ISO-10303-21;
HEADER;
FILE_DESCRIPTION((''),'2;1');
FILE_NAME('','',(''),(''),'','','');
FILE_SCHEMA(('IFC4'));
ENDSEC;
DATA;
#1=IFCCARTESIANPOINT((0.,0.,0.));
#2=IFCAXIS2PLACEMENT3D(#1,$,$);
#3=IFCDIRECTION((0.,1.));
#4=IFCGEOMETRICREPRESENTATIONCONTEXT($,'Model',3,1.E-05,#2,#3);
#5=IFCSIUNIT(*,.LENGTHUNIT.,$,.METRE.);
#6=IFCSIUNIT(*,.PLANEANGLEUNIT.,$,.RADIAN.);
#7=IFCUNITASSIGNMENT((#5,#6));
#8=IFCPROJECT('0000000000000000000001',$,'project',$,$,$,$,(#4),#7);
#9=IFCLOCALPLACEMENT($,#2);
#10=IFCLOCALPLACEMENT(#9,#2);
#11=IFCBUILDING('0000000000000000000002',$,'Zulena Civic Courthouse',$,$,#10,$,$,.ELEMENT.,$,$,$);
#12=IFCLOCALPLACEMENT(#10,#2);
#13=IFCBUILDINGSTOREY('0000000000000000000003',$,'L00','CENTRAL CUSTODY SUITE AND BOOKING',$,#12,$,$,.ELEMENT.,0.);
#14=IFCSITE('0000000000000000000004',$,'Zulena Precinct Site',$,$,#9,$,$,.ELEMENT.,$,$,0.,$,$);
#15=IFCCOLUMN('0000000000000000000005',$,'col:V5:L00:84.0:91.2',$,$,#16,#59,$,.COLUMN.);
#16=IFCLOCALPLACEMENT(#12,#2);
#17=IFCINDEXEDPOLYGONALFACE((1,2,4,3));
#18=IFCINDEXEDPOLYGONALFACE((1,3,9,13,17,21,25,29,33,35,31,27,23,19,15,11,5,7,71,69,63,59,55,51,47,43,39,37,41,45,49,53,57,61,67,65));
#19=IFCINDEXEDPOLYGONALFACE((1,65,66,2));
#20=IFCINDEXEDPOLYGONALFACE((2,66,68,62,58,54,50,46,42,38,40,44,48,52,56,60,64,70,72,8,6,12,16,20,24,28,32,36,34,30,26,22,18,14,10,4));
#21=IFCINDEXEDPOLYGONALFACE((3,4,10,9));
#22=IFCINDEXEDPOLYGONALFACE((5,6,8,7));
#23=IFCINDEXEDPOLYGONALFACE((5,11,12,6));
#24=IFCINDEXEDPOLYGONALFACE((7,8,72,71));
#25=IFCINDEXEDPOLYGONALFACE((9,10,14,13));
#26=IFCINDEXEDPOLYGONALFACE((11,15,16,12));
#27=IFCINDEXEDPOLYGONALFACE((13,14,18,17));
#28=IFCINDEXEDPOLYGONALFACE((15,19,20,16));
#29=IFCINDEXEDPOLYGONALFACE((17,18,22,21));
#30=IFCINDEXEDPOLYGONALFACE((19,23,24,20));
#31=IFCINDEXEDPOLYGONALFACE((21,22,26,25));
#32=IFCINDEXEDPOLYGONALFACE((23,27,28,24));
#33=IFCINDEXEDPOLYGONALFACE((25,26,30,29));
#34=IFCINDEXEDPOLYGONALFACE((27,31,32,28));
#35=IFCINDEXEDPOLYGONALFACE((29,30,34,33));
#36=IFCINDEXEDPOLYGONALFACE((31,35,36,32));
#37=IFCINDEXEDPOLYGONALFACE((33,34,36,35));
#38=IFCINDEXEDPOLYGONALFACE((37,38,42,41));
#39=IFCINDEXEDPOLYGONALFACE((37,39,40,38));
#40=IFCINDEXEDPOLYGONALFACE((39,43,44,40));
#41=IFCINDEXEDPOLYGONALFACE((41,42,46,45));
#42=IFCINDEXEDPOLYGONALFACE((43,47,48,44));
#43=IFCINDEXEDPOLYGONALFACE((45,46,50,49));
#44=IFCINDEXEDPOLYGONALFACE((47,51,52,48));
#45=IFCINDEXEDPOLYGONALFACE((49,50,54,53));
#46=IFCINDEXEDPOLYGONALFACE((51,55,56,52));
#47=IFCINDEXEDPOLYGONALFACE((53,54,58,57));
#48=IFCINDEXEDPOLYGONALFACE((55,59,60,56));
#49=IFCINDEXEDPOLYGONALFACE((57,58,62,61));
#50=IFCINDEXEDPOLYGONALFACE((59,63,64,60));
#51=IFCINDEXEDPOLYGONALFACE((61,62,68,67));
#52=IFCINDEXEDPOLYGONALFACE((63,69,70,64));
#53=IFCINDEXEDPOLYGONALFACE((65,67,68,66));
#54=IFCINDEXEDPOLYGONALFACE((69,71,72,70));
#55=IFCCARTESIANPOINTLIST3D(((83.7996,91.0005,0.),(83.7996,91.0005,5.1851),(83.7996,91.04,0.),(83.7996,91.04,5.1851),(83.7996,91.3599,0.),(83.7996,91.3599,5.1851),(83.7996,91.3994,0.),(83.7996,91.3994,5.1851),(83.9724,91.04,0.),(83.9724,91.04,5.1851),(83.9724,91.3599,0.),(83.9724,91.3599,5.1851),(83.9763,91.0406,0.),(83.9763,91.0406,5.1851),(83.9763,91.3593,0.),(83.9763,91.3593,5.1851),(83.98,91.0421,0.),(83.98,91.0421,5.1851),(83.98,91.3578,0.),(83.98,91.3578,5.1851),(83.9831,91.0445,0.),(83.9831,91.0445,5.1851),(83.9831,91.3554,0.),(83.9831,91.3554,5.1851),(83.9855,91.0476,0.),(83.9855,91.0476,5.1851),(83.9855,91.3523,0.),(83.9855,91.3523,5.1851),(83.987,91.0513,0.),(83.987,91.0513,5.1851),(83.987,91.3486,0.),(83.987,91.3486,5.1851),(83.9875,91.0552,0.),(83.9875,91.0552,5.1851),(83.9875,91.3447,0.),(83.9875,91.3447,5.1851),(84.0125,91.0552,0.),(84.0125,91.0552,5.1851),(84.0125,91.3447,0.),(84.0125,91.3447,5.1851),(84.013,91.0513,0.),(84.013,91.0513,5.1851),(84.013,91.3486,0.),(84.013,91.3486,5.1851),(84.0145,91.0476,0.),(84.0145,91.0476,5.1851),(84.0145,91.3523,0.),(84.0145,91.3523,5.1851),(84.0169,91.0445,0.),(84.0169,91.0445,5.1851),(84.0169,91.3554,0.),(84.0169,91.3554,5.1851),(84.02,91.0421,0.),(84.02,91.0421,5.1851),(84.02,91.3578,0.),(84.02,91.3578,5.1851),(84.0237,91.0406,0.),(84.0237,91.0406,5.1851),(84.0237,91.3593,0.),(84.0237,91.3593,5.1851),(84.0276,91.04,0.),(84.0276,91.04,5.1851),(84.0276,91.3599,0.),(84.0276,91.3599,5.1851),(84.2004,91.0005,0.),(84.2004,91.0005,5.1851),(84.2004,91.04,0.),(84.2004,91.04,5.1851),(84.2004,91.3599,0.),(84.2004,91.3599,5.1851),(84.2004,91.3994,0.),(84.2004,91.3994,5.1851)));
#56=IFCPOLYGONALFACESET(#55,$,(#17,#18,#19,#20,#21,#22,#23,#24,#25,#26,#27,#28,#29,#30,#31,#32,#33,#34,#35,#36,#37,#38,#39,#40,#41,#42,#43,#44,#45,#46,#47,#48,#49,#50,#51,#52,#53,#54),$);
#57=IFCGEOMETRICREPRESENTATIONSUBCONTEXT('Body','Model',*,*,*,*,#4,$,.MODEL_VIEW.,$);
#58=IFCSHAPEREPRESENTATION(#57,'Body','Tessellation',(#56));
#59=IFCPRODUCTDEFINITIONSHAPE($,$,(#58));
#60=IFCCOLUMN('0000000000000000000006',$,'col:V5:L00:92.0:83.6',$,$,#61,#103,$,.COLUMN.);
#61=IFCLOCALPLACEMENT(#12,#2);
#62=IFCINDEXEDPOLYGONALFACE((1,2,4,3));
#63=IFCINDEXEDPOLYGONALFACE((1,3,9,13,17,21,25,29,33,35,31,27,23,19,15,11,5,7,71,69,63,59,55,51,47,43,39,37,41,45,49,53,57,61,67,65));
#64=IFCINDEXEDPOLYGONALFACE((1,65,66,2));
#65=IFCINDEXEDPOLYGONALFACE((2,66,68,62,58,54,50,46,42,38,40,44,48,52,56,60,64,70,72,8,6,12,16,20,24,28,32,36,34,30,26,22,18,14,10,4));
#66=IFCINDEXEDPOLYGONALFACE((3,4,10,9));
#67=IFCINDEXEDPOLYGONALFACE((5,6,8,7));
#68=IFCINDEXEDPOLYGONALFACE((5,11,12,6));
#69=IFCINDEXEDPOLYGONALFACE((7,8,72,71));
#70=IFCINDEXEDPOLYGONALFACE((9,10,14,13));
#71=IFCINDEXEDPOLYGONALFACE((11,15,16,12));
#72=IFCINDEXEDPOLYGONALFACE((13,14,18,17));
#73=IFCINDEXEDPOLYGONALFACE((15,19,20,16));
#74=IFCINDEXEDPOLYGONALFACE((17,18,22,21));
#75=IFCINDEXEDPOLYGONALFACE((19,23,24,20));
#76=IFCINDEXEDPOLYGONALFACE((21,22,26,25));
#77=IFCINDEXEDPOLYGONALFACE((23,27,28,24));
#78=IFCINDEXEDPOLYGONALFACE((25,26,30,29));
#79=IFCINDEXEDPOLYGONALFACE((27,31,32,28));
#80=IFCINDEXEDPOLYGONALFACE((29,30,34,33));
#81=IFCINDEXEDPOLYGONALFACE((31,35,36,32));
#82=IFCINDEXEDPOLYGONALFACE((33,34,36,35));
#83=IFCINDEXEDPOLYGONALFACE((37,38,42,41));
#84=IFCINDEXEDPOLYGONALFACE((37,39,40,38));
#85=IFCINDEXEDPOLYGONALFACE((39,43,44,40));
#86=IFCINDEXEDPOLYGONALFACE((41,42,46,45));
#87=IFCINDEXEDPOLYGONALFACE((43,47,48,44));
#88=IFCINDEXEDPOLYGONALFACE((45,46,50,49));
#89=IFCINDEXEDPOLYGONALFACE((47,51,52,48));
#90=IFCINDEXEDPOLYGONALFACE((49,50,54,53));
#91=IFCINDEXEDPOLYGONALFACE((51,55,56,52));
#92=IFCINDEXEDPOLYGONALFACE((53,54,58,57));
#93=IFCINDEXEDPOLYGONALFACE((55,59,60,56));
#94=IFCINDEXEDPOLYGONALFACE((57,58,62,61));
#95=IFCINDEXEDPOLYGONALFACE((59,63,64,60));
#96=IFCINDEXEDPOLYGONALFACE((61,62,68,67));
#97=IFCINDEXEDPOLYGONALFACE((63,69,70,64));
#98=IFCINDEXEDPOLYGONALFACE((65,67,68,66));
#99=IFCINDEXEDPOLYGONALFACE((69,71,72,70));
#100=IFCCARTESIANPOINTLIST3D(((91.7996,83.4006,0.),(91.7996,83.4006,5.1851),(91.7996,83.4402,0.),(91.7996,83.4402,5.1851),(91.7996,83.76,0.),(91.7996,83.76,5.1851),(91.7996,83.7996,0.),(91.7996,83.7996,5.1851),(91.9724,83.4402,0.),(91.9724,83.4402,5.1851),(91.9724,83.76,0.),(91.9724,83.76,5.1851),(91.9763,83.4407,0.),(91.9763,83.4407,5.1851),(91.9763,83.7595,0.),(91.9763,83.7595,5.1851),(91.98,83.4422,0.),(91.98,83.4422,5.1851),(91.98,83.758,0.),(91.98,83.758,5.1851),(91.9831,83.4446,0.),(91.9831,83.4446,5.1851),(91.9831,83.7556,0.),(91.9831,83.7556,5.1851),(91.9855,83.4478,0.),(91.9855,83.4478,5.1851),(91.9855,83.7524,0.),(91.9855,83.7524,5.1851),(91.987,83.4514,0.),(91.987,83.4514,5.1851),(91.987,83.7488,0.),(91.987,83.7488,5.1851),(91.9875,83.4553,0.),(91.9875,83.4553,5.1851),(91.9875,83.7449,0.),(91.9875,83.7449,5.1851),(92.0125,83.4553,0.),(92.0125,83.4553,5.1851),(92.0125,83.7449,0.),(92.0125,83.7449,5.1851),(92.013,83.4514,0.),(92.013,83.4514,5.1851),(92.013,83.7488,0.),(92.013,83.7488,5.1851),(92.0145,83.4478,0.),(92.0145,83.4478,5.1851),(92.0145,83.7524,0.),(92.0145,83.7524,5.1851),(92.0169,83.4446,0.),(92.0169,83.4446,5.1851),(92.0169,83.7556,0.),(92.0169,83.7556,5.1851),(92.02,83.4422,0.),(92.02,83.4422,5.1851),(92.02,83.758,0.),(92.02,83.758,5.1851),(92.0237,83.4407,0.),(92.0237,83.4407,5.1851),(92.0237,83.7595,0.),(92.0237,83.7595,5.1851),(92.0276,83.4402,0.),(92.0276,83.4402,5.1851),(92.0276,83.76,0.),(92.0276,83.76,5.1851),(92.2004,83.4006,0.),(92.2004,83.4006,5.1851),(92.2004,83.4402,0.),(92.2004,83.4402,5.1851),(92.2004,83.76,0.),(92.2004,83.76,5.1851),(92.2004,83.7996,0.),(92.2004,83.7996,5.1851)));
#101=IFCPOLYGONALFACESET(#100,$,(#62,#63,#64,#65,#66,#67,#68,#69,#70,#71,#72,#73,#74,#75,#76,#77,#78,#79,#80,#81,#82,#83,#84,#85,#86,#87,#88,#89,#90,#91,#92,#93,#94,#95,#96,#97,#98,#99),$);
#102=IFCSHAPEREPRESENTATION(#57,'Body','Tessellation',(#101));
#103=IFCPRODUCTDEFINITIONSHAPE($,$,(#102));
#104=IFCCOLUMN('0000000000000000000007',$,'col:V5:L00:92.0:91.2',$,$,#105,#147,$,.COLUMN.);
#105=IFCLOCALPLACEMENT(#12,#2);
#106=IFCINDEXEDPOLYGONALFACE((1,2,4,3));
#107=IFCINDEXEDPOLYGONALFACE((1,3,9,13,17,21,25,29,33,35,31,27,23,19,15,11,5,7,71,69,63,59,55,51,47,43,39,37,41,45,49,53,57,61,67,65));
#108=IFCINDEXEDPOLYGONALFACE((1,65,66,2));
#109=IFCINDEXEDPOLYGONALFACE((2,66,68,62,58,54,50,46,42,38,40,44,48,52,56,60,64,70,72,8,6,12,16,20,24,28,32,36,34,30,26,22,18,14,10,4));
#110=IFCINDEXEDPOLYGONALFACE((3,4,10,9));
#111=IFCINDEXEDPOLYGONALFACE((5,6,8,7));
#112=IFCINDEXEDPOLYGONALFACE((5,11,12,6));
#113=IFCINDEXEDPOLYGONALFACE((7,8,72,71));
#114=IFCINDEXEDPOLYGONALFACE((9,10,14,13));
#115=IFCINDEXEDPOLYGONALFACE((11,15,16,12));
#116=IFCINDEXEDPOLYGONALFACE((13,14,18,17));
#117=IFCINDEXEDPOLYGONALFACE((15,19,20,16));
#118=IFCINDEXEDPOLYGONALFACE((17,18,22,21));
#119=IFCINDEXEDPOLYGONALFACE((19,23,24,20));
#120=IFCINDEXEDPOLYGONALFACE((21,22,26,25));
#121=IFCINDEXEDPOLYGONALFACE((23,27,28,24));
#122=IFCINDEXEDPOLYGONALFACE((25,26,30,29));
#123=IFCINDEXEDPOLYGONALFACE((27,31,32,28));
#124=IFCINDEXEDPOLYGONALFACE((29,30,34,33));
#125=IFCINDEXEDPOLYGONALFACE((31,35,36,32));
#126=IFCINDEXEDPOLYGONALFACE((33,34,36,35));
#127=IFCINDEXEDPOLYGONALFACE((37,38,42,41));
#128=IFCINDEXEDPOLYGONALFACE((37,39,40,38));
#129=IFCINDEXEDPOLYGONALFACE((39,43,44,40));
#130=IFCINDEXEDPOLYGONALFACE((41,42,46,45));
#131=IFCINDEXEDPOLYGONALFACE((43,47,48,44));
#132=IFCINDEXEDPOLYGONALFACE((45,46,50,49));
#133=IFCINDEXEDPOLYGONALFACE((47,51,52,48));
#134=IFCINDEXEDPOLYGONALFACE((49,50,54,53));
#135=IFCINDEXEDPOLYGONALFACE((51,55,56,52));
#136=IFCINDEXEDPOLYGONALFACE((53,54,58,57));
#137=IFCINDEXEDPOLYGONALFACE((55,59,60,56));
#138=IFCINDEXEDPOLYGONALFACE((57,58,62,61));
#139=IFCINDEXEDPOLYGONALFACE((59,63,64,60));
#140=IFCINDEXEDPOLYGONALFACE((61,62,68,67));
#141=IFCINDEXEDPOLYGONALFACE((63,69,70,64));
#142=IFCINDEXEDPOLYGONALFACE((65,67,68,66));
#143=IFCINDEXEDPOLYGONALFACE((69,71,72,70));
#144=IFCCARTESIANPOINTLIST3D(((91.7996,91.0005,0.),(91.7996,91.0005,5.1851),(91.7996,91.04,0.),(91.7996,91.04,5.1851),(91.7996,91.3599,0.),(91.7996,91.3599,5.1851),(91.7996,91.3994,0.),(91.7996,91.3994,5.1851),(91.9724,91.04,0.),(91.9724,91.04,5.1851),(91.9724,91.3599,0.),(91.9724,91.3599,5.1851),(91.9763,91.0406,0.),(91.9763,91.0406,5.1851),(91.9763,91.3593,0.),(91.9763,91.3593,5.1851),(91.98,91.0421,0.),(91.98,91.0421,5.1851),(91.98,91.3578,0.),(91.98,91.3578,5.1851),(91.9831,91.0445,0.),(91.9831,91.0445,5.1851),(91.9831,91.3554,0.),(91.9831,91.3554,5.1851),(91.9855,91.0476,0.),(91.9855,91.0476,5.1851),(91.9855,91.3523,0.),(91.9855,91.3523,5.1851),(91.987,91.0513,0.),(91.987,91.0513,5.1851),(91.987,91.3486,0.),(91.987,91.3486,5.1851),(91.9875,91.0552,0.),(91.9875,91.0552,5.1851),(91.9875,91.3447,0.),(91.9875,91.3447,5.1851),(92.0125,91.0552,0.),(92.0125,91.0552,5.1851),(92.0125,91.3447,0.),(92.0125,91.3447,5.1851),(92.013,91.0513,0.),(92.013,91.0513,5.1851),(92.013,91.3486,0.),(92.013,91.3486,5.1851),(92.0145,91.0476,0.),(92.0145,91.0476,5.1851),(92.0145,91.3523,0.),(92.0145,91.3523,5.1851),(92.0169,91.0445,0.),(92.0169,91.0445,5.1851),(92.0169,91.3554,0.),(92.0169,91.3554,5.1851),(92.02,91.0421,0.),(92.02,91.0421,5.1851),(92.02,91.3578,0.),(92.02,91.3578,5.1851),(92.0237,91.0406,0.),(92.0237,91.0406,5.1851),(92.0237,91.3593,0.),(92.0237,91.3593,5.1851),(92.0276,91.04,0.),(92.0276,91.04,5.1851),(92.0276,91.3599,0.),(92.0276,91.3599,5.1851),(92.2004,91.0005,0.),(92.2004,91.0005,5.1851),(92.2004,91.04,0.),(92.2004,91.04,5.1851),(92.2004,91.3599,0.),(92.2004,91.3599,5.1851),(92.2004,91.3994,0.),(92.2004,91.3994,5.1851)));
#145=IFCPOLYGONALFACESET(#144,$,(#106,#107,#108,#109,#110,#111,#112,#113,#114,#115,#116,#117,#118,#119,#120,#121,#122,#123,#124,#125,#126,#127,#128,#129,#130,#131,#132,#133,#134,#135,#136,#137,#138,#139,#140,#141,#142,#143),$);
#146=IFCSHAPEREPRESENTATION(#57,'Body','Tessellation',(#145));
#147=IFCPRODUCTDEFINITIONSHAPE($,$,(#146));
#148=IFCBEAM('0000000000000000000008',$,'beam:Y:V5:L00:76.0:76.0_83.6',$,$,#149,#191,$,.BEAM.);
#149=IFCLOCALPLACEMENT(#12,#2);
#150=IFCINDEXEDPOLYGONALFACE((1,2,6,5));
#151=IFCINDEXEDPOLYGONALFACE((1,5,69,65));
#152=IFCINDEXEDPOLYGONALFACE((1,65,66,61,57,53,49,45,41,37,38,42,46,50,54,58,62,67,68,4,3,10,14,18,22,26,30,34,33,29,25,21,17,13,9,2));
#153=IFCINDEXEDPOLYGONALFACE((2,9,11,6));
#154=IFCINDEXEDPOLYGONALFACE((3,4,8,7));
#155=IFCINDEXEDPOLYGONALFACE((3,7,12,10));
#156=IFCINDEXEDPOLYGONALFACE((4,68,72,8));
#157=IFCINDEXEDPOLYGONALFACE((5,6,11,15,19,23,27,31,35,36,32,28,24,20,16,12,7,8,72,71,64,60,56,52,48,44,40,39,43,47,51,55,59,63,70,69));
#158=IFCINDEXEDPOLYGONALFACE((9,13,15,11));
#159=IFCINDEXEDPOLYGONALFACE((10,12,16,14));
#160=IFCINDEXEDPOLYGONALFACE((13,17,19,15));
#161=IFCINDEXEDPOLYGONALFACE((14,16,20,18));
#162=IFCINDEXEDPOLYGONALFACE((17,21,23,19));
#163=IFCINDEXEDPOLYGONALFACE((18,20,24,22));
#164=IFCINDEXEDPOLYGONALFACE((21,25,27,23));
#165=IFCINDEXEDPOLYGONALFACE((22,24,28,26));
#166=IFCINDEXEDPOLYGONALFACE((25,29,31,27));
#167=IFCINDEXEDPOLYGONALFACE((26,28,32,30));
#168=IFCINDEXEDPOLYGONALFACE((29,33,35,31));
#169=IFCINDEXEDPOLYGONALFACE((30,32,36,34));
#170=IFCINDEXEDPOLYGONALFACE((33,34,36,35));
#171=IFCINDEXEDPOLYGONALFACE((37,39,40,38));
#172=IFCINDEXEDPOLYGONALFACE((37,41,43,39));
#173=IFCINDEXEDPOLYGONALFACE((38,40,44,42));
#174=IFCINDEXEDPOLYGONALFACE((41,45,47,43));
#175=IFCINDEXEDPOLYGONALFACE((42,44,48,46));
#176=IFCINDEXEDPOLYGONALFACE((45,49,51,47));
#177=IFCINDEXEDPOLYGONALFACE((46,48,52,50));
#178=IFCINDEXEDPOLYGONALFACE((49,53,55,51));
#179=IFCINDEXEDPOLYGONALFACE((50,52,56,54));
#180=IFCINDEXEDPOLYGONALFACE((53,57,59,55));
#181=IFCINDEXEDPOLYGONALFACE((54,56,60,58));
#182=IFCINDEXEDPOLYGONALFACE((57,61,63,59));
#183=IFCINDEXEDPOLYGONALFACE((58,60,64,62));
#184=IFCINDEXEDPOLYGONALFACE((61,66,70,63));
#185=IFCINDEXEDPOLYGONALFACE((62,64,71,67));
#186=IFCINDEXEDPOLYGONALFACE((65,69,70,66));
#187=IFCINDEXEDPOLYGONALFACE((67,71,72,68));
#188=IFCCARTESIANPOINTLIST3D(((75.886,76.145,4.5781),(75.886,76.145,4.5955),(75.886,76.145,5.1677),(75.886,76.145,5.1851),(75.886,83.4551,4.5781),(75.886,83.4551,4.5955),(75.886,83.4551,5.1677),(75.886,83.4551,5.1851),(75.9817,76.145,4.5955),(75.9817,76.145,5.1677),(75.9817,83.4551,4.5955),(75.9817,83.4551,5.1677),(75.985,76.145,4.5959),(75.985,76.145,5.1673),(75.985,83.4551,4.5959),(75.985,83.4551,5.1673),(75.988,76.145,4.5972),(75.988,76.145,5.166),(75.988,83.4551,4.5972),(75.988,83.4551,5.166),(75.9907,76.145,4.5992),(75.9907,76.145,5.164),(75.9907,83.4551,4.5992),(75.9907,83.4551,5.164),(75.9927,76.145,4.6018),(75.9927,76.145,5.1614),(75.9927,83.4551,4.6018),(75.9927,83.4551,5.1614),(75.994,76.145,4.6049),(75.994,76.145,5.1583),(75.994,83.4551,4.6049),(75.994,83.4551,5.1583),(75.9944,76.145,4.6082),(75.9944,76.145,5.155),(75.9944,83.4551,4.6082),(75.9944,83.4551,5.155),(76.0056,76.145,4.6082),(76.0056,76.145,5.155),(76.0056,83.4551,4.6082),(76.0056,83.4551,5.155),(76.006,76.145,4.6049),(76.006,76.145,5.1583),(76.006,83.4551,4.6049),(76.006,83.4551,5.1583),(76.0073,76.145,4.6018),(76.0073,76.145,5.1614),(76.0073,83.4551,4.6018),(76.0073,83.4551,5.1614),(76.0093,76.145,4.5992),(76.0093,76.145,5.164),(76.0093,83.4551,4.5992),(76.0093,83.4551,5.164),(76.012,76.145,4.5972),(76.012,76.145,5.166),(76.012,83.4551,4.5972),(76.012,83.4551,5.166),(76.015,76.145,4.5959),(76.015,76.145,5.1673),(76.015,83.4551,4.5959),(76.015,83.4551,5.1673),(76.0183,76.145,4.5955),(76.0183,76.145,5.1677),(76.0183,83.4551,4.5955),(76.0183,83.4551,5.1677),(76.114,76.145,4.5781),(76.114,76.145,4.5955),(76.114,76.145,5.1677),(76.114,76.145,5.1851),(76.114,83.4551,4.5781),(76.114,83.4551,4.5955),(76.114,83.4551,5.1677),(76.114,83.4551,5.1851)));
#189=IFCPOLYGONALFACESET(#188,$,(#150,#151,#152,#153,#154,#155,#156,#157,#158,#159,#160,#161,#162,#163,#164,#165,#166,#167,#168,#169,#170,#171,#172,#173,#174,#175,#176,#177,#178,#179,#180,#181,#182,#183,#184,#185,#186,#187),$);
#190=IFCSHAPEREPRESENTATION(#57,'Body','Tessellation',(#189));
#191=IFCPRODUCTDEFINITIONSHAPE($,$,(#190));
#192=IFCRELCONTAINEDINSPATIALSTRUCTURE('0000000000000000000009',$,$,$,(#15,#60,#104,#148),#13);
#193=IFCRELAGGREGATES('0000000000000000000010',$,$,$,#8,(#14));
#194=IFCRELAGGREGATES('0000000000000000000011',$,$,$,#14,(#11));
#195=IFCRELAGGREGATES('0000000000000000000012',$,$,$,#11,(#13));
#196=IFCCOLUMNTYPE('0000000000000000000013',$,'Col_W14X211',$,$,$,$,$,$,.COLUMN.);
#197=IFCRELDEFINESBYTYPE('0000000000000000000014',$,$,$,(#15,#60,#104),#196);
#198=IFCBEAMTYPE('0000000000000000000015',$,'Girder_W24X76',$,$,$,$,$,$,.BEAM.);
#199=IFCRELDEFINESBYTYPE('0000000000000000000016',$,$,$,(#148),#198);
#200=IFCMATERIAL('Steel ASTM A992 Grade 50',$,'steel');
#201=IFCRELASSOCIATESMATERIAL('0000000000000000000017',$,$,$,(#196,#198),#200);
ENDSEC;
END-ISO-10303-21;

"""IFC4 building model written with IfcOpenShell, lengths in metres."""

from ifc_helpers import new_model, si_unit, direction, frame, origin, origin_2d, place, context, subcontext, project, spatial, i_section, extrude, material, material_profile, profile_set, type_object, element, save


model = new_model("IFC4")

# Units and contexts
model_context = context("Model", 3, precision=1e-05, world=origin(), true_north=direction((0.0, 1.0)))
body_context = subcontext(model_context, "Body", "Model", "MODEL_VIEW")
ifc_project = project(units=[si_unit("LENGTHUNIT", "METRE"), si_unit("PLANEANGLEUNIT", "RADIAN")], contexts=[model_context])

# Site, building, storey
site_placement = place(None, origin())
site = spatial("IfcSite", under=ifc_project, at=site_placement, Name="Zulena Precinct Site", CompositionType="ELEMENT", RefElevation=0.0)
building_placement = place(site_placement, origin())
building = spatial("IfcBuilding", under=site, at=building_placement, Name="Zulena Civic Courthouse", CompositionType="ELEMENT")
storey_placement = place(building_placement, origin())
storey = spatial("IfcBuildingStorey", under=building, at=storey_placement, Name="L00", Description="CENTRAL CUSTODY SUITE AND BOOKING", CompositionType="ELEMENT", Elevation=0.0)

# Columns
ifc_material_1 = material(Name="Steel ASTM A992 Grade 50", Category="steel")
ifc_material_profile_1 = material_profile(ifc_material_1, i_section(OverallWidth=0.4009, OverallDepth=0.3989, WebThickness=0.0249, FlangeThickness=0.0396, FilletRadius=0.0151, at=origin_2d()), Name="W14X211")
ifc_profile_set_1 = profile_set([ifc_material_profile_1], Name="Steel ASTM A992 Grade 50")
column_type = type_object("IfcColumnType", Name="Col_W14X211", PredefinedType="COLUMN", material=ifc_profile_set_1)
for number, where, z_axis, x_axis, name in (
    (1, (84.0, 91.2, 0.0), (0.0, 0.0, 1.0), (1.0, 0.0, 0.0), "col:V5:L00:84.0:91.2"),
    (2, (92.0, 83.6001, 0.0), (0.0, 0.0, 1.0), (1.0, 0.0, 0.0), "col:V5:L00:92.0:83.6"),
    (3, (92.0, 91.2, 0.0), (0.0, 0.0, 1.0), (1.0, 0.0, 0.0), "col:V5:L00:92.0:91.2"),
):
    element("IfcColumn", number, at=place(storey_placement, frame(where, z_axis=z_axis, x_axis=x_axis)), inside=storey, type_object=column_type, Name=name, PredefinedType="COLUMN", context=body_context, shape_type="SweptSolid", body=[
        extrude(i_section(OverallWidth=0.4009, OverallDepth=0.3989, WebThickness=0.0249, FlangeThickness=0.0396, FilletRadius=0.0151, at=origin_2d()), origin(), (0.0, 0.0, 1.0), 5.1851),
    ])

# Beam
ifc_material_profile_2 = material_profile(ifc_material_1, i_section(OverallWidth=0.228, OverallDepth=0.6069, WebThickness=0.0112, FlangeThickness=0.0173, FilletRadius=0.0127, at=origin_2d()), Name="W24X76")
ifc_profile_set_2 = profile_set([ifc_material_profile_2], Name="Steel ASTM A992 Grade 50")
beam_type_1 = type_object("IfcBeamType", Name="Girder_W24X76", PredefinedType="BEAM", material=ifc_profile_set_2)
beam_1_placement = place(storey_placement, frame((76.0, 76.145, 4.8816), z_axis=(0.0, 1.0, 0.0), x_axis=(-1.0, 0.0, 0.0)))
element("IfcBeam", 4, at=beam_1_placement, inside=storey, type_object=beam_type_1, Name="beam:Y:V5:L00:76.0:76.0_83.6", PredefinedType="BEAM", context=body_context, shape_type="SweptSolid", body=[
    extrude(i_section(OverallWidth=0.228, OverallDepth=0.6069, WebThickness=0.0112, FlangeThickness=0.0173, FilletRadius=0.0127, at=origin_2d()), origin(), (0.0, 0.0, 1.0), 7.3101),
])

save(model, "model.ifc")
